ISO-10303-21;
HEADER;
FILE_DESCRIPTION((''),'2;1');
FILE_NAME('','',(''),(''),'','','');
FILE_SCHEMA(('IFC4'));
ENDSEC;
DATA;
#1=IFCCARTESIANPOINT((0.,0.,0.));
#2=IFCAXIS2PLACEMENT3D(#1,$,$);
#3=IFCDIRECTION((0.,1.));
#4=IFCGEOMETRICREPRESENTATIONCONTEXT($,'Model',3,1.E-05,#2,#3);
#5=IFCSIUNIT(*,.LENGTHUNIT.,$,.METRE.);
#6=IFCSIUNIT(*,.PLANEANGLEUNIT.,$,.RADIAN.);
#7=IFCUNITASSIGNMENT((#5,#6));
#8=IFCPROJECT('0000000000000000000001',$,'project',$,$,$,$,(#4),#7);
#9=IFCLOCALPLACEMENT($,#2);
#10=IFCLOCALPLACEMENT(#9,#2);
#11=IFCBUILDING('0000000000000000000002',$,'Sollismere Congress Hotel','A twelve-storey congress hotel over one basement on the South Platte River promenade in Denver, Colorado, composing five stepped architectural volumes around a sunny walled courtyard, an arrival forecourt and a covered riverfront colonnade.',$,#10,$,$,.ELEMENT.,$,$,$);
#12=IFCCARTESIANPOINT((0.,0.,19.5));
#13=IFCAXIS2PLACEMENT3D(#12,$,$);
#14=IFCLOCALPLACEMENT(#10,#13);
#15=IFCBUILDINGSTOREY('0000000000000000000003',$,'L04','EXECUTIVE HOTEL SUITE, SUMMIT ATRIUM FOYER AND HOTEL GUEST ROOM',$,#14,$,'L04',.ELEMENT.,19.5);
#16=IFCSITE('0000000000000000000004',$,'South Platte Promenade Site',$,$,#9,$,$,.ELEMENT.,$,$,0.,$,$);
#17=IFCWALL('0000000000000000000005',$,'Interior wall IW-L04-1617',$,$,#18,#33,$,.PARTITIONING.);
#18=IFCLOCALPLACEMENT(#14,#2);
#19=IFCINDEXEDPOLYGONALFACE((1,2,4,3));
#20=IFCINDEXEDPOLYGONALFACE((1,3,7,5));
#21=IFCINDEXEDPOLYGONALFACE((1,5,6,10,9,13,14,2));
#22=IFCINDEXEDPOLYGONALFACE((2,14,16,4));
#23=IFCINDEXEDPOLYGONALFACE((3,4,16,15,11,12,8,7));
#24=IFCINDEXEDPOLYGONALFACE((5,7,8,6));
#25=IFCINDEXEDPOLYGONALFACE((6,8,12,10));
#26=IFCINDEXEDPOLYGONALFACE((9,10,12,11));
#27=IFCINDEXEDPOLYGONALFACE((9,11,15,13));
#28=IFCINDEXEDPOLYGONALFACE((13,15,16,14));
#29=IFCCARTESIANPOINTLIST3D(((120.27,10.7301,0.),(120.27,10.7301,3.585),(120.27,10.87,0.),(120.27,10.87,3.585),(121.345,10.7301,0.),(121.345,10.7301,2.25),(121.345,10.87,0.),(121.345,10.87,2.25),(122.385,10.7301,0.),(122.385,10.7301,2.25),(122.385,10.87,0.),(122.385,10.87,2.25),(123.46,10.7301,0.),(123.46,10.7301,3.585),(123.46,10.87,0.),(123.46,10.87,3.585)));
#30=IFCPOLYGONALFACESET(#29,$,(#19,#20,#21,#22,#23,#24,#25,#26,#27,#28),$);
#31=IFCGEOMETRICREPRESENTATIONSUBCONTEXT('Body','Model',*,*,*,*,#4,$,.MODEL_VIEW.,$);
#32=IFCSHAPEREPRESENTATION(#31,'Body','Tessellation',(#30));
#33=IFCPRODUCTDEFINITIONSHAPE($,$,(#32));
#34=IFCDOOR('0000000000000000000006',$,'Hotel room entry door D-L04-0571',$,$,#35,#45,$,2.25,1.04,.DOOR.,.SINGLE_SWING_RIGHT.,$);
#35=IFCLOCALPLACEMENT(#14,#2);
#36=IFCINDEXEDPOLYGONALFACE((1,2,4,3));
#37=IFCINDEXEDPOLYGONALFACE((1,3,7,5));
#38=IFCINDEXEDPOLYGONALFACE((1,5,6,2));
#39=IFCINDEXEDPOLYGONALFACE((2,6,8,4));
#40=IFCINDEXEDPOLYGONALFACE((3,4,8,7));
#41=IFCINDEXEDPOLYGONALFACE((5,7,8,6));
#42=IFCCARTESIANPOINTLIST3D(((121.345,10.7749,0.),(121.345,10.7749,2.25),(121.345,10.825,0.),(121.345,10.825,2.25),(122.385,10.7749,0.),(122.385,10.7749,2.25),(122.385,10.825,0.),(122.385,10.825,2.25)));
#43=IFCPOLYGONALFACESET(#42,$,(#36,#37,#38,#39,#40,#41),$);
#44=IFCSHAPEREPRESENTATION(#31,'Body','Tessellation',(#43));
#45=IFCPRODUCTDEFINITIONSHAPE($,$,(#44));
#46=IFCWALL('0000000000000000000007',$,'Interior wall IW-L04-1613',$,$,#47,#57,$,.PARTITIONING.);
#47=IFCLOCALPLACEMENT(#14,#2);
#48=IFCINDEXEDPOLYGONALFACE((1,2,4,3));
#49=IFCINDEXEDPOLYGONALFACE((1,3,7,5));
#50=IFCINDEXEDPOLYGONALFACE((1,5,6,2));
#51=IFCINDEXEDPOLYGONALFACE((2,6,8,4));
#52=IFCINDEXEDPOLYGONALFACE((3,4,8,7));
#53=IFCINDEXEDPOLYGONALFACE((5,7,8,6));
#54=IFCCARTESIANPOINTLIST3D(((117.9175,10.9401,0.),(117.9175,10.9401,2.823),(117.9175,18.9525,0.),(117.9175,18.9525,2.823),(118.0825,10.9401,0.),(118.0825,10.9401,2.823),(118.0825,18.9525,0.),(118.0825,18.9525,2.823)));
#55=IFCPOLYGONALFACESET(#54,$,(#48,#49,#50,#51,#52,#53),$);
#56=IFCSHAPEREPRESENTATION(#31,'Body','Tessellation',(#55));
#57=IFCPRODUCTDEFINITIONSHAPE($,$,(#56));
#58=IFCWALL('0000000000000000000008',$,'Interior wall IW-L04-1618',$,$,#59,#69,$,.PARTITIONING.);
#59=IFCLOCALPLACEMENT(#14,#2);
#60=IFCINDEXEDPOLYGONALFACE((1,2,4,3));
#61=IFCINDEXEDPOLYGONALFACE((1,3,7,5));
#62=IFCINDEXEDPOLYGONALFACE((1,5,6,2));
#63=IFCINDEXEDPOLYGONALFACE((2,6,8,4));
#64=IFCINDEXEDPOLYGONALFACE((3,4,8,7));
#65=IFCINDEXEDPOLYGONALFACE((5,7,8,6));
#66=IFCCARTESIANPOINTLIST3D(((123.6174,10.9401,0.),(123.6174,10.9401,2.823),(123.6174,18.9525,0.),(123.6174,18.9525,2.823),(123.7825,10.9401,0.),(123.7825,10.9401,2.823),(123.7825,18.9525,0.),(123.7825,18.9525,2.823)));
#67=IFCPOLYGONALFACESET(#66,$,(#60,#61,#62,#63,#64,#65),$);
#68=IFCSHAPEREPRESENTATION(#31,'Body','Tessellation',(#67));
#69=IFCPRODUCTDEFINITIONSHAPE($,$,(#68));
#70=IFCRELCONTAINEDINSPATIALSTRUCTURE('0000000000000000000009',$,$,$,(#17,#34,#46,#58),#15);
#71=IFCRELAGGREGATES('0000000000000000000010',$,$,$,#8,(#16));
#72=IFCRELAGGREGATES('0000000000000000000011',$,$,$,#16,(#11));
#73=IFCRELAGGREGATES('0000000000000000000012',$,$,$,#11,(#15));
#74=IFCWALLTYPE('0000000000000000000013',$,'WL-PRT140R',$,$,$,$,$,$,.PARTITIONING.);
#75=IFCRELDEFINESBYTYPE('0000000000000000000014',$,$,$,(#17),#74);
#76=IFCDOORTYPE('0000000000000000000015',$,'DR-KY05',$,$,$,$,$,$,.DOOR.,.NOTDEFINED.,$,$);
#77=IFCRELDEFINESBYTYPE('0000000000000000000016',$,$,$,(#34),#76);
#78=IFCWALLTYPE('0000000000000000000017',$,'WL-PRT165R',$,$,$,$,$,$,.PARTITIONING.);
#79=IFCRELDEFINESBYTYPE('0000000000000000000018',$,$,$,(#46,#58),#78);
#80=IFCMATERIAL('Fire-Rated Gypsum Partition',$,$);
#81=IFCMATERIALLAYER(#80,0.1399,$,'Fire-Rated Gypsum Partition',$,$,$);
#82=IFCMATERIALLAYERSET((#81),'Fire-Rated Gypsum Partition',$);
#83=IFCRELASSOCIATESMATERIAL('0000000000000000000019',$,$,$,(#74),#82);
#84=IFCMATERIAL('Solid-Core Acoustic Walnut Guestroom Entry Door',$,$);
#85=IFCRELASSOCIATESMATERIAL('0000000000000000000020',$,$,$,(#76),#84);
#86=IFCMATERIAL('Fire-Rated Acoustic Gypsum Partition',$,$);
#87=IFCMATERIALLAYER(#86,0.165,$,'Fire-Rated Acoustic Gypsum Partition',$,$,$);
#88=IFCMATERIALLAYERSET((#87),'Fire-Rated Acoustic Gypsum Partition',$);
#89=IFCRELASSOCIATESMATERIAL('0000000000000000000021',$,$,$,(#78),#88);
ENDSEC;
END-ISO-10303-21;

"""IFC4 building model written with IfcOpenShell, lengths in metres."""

from ifc_helpers import new_model, si_unit, direction, frame, frame_2d, origin, place, context, subcontext, project, spatial, rectangle, extrude, material, layer, layer_set, type_object, element, fill, save


model = new_model("IFC4")

# Units and contexts
model_context = context("Model", 3, precision=1e-05, world=origin(), true_north=direction((0.0, 1.0)))
body_context = subcontext(model_context, "Body", "Model", "MODEL_VIEW")
ifc_project = project(units=[si_unit("LENGTHUNIT", "METRE"), si_unit("PLANEANGLEUNIT", "RADIAN")], contexts=[model_context])

# Site, building, storey
site_placement = place(None, origin())
site = spatial("IfcSite", under=ifc_project, at=site_placement, Name="South Platte Promenade Site", CompositionType="ELEMENT", RefElevation=0.0)
building_placement = place(site_placement, origin())
building = spatial("IfcBuilding", under=site, at=building_placement, Name="Sollismere Congress Hotel", Description="A twelve-storey congress hotel over one basement on the South Platte River promenade in Denver, Colorado, composing five stepped architectural volumes around a sunny walled courtyard, an arrival forecourt and a covered riverfront colonnade.", CompositionType="ELEMENT")
storey_placement = place(building_placement, frame((0.0, 0.0, 19.5)))
storey = spatial("IfcBuildingStorey", under=building, at=storey_placement, Name="L04", Description="EXECUTIVE HOTEL SUITE, SUMMIT ATRIUM FOYER AND HOTEL GUEST ROOM", LongName="L04", CompositionType="ELEMENT", Elevation=19.5)

# Shared definitions
ifc_material_1 = material(Name="Fire-Rated Gypsum Partition")
ifc_layer_1 = layer(ifc_material_1, 0.1399, Name="Fire-Rated Gypsum Partition")
ifc_layer_set_1 = layer_set([ifc_layer_1], Name="Fire-Rated Gypsum Partition")
wall_type_1 = type_object("IfcWallType", Name="WL-PRT140R", PredefinedType="PARTITIONING", material=ifc_layer_set_1)
ifc_material_2 = material(Name="Solid-Core Acoustic Walnut Guestroom Entry Door")

# Wall, opening, door
wall_1_placement = place(storey_placement, frame((120.27, 10.8, 0.0), z_axis=(0.0, 0.0, 1.0), x_axis=(1.0, 0.0, 0.0)))
wall_1 = element("IfcWall", 1, at=wall_1_placement, inside=storey, type_object=wall_type_1, Name="Interior wall IW-L04-1617", PredefinedType="PARTITIONING", context=body_context, shape_type="SweptSolid", body=[
    extrude(rectangle(XDim=3.1899, YDim=0.1399, at=frame_2d((1.595, 0.0))), origin(), (0.0, 0.0, 1.0), 3.585),
])
opening_1_placement = place(wall_1_placement, frame((1.075, 0.0, 0.0)))
opening_1 = element("IfcOpeningElement", 2, at=opening_1_placement, cuts=wall_1, PredefinedType="OPENING", context=body_context, shape_type="SweptSolid", body=[
    extrude(rectangle(XDim=1.04, YDim=2.25, at=frame_2d((0.52, 1.125))), frame((0.0, 0.0798, 0.0), z_axis=(0.0, -1.0, 0.0), x_axis=(1.0, 0.0, 0.0)), (0.0, 0.0, 1.0), 0.1599),
])
door_type_1 = type_object("IfcDoorType", Name="DR-KY05", OperationType="NOTDEFINED", PredefinedType="DOOR", material=ifc_material_2)
door_1_placement = place(opening_1_placement, origin())
door_1 = element("IfcDoor", 3, at=door_1_placement, inside=storey, type_object=door_type_1, Name="Hotel room entry door D-L04-0571", OperationType="SINGLE_SWING_RIGHT", OverallHeight=2.25, OverallWidth=1.04, PredefinedType="DOOR", context=body_context, shape_type="SweptSolid", body=[
    extrude(rectangle(XDim=1.04, YDim=2.25, at=frame_2d((0.52, 1.125))), frame((0.0, 0.0249, 0.0), z_axis=(0.0, -1.0, 0.0), x_axis=(1.0, 0.0, 0.0)), (0.0, 0.0, 1.0), 0.05),
])
fill(opening_1, door_1)

# Walls
ifc_material_3 = material(Name="Fire-Rated Acoustic Gypsum Partition")
ifc_layer_2 = layer(ifc_material_3, 0.165, Name="Fire-Rated Acoustic Gypsum Partition")
ifc_layer_set_2 = layer_set([ifc_layer_2], Name="Fire-Rated Acoustic Gypsum Partition")
wall_type_2 = type_object("IfcWallType", Name="WL-PRT165R", PredefinedType="PARTITIONING", material=ifc_layer_set_2)
for number, where, z_axis, x_axis, name in (
    (4, (118.0, 10.9399, 0.0), (0.0, 0.0, 1.0), (0.0, 1.0, 0.0), "Interior wall IW-L04-1613"),
    (5, (123.7, 10.9399, 0.0), (0.0, 0.0, 1.0), (0.0, 1.0, 0.0), "Interior wall IW-L04-1618"),
):
    element("IfcWall", number, at=place(storey_placement, frame(where, z_axis=z_axis, x_axis=x_axis)), inside=storey, type_object=wall_type_2, Name=name, PredefinedType="PARTITIONING", context=body_context, shape_type="SweptSolid", body=[
        extrude(rectangle(XDim=8.0125, YDim=0.165, at=frame_2d((4.0063, 0.0))), origin(), (0.0, 0.0, 1.0), 2.823),
    ])

save(model, "model.ifc")
